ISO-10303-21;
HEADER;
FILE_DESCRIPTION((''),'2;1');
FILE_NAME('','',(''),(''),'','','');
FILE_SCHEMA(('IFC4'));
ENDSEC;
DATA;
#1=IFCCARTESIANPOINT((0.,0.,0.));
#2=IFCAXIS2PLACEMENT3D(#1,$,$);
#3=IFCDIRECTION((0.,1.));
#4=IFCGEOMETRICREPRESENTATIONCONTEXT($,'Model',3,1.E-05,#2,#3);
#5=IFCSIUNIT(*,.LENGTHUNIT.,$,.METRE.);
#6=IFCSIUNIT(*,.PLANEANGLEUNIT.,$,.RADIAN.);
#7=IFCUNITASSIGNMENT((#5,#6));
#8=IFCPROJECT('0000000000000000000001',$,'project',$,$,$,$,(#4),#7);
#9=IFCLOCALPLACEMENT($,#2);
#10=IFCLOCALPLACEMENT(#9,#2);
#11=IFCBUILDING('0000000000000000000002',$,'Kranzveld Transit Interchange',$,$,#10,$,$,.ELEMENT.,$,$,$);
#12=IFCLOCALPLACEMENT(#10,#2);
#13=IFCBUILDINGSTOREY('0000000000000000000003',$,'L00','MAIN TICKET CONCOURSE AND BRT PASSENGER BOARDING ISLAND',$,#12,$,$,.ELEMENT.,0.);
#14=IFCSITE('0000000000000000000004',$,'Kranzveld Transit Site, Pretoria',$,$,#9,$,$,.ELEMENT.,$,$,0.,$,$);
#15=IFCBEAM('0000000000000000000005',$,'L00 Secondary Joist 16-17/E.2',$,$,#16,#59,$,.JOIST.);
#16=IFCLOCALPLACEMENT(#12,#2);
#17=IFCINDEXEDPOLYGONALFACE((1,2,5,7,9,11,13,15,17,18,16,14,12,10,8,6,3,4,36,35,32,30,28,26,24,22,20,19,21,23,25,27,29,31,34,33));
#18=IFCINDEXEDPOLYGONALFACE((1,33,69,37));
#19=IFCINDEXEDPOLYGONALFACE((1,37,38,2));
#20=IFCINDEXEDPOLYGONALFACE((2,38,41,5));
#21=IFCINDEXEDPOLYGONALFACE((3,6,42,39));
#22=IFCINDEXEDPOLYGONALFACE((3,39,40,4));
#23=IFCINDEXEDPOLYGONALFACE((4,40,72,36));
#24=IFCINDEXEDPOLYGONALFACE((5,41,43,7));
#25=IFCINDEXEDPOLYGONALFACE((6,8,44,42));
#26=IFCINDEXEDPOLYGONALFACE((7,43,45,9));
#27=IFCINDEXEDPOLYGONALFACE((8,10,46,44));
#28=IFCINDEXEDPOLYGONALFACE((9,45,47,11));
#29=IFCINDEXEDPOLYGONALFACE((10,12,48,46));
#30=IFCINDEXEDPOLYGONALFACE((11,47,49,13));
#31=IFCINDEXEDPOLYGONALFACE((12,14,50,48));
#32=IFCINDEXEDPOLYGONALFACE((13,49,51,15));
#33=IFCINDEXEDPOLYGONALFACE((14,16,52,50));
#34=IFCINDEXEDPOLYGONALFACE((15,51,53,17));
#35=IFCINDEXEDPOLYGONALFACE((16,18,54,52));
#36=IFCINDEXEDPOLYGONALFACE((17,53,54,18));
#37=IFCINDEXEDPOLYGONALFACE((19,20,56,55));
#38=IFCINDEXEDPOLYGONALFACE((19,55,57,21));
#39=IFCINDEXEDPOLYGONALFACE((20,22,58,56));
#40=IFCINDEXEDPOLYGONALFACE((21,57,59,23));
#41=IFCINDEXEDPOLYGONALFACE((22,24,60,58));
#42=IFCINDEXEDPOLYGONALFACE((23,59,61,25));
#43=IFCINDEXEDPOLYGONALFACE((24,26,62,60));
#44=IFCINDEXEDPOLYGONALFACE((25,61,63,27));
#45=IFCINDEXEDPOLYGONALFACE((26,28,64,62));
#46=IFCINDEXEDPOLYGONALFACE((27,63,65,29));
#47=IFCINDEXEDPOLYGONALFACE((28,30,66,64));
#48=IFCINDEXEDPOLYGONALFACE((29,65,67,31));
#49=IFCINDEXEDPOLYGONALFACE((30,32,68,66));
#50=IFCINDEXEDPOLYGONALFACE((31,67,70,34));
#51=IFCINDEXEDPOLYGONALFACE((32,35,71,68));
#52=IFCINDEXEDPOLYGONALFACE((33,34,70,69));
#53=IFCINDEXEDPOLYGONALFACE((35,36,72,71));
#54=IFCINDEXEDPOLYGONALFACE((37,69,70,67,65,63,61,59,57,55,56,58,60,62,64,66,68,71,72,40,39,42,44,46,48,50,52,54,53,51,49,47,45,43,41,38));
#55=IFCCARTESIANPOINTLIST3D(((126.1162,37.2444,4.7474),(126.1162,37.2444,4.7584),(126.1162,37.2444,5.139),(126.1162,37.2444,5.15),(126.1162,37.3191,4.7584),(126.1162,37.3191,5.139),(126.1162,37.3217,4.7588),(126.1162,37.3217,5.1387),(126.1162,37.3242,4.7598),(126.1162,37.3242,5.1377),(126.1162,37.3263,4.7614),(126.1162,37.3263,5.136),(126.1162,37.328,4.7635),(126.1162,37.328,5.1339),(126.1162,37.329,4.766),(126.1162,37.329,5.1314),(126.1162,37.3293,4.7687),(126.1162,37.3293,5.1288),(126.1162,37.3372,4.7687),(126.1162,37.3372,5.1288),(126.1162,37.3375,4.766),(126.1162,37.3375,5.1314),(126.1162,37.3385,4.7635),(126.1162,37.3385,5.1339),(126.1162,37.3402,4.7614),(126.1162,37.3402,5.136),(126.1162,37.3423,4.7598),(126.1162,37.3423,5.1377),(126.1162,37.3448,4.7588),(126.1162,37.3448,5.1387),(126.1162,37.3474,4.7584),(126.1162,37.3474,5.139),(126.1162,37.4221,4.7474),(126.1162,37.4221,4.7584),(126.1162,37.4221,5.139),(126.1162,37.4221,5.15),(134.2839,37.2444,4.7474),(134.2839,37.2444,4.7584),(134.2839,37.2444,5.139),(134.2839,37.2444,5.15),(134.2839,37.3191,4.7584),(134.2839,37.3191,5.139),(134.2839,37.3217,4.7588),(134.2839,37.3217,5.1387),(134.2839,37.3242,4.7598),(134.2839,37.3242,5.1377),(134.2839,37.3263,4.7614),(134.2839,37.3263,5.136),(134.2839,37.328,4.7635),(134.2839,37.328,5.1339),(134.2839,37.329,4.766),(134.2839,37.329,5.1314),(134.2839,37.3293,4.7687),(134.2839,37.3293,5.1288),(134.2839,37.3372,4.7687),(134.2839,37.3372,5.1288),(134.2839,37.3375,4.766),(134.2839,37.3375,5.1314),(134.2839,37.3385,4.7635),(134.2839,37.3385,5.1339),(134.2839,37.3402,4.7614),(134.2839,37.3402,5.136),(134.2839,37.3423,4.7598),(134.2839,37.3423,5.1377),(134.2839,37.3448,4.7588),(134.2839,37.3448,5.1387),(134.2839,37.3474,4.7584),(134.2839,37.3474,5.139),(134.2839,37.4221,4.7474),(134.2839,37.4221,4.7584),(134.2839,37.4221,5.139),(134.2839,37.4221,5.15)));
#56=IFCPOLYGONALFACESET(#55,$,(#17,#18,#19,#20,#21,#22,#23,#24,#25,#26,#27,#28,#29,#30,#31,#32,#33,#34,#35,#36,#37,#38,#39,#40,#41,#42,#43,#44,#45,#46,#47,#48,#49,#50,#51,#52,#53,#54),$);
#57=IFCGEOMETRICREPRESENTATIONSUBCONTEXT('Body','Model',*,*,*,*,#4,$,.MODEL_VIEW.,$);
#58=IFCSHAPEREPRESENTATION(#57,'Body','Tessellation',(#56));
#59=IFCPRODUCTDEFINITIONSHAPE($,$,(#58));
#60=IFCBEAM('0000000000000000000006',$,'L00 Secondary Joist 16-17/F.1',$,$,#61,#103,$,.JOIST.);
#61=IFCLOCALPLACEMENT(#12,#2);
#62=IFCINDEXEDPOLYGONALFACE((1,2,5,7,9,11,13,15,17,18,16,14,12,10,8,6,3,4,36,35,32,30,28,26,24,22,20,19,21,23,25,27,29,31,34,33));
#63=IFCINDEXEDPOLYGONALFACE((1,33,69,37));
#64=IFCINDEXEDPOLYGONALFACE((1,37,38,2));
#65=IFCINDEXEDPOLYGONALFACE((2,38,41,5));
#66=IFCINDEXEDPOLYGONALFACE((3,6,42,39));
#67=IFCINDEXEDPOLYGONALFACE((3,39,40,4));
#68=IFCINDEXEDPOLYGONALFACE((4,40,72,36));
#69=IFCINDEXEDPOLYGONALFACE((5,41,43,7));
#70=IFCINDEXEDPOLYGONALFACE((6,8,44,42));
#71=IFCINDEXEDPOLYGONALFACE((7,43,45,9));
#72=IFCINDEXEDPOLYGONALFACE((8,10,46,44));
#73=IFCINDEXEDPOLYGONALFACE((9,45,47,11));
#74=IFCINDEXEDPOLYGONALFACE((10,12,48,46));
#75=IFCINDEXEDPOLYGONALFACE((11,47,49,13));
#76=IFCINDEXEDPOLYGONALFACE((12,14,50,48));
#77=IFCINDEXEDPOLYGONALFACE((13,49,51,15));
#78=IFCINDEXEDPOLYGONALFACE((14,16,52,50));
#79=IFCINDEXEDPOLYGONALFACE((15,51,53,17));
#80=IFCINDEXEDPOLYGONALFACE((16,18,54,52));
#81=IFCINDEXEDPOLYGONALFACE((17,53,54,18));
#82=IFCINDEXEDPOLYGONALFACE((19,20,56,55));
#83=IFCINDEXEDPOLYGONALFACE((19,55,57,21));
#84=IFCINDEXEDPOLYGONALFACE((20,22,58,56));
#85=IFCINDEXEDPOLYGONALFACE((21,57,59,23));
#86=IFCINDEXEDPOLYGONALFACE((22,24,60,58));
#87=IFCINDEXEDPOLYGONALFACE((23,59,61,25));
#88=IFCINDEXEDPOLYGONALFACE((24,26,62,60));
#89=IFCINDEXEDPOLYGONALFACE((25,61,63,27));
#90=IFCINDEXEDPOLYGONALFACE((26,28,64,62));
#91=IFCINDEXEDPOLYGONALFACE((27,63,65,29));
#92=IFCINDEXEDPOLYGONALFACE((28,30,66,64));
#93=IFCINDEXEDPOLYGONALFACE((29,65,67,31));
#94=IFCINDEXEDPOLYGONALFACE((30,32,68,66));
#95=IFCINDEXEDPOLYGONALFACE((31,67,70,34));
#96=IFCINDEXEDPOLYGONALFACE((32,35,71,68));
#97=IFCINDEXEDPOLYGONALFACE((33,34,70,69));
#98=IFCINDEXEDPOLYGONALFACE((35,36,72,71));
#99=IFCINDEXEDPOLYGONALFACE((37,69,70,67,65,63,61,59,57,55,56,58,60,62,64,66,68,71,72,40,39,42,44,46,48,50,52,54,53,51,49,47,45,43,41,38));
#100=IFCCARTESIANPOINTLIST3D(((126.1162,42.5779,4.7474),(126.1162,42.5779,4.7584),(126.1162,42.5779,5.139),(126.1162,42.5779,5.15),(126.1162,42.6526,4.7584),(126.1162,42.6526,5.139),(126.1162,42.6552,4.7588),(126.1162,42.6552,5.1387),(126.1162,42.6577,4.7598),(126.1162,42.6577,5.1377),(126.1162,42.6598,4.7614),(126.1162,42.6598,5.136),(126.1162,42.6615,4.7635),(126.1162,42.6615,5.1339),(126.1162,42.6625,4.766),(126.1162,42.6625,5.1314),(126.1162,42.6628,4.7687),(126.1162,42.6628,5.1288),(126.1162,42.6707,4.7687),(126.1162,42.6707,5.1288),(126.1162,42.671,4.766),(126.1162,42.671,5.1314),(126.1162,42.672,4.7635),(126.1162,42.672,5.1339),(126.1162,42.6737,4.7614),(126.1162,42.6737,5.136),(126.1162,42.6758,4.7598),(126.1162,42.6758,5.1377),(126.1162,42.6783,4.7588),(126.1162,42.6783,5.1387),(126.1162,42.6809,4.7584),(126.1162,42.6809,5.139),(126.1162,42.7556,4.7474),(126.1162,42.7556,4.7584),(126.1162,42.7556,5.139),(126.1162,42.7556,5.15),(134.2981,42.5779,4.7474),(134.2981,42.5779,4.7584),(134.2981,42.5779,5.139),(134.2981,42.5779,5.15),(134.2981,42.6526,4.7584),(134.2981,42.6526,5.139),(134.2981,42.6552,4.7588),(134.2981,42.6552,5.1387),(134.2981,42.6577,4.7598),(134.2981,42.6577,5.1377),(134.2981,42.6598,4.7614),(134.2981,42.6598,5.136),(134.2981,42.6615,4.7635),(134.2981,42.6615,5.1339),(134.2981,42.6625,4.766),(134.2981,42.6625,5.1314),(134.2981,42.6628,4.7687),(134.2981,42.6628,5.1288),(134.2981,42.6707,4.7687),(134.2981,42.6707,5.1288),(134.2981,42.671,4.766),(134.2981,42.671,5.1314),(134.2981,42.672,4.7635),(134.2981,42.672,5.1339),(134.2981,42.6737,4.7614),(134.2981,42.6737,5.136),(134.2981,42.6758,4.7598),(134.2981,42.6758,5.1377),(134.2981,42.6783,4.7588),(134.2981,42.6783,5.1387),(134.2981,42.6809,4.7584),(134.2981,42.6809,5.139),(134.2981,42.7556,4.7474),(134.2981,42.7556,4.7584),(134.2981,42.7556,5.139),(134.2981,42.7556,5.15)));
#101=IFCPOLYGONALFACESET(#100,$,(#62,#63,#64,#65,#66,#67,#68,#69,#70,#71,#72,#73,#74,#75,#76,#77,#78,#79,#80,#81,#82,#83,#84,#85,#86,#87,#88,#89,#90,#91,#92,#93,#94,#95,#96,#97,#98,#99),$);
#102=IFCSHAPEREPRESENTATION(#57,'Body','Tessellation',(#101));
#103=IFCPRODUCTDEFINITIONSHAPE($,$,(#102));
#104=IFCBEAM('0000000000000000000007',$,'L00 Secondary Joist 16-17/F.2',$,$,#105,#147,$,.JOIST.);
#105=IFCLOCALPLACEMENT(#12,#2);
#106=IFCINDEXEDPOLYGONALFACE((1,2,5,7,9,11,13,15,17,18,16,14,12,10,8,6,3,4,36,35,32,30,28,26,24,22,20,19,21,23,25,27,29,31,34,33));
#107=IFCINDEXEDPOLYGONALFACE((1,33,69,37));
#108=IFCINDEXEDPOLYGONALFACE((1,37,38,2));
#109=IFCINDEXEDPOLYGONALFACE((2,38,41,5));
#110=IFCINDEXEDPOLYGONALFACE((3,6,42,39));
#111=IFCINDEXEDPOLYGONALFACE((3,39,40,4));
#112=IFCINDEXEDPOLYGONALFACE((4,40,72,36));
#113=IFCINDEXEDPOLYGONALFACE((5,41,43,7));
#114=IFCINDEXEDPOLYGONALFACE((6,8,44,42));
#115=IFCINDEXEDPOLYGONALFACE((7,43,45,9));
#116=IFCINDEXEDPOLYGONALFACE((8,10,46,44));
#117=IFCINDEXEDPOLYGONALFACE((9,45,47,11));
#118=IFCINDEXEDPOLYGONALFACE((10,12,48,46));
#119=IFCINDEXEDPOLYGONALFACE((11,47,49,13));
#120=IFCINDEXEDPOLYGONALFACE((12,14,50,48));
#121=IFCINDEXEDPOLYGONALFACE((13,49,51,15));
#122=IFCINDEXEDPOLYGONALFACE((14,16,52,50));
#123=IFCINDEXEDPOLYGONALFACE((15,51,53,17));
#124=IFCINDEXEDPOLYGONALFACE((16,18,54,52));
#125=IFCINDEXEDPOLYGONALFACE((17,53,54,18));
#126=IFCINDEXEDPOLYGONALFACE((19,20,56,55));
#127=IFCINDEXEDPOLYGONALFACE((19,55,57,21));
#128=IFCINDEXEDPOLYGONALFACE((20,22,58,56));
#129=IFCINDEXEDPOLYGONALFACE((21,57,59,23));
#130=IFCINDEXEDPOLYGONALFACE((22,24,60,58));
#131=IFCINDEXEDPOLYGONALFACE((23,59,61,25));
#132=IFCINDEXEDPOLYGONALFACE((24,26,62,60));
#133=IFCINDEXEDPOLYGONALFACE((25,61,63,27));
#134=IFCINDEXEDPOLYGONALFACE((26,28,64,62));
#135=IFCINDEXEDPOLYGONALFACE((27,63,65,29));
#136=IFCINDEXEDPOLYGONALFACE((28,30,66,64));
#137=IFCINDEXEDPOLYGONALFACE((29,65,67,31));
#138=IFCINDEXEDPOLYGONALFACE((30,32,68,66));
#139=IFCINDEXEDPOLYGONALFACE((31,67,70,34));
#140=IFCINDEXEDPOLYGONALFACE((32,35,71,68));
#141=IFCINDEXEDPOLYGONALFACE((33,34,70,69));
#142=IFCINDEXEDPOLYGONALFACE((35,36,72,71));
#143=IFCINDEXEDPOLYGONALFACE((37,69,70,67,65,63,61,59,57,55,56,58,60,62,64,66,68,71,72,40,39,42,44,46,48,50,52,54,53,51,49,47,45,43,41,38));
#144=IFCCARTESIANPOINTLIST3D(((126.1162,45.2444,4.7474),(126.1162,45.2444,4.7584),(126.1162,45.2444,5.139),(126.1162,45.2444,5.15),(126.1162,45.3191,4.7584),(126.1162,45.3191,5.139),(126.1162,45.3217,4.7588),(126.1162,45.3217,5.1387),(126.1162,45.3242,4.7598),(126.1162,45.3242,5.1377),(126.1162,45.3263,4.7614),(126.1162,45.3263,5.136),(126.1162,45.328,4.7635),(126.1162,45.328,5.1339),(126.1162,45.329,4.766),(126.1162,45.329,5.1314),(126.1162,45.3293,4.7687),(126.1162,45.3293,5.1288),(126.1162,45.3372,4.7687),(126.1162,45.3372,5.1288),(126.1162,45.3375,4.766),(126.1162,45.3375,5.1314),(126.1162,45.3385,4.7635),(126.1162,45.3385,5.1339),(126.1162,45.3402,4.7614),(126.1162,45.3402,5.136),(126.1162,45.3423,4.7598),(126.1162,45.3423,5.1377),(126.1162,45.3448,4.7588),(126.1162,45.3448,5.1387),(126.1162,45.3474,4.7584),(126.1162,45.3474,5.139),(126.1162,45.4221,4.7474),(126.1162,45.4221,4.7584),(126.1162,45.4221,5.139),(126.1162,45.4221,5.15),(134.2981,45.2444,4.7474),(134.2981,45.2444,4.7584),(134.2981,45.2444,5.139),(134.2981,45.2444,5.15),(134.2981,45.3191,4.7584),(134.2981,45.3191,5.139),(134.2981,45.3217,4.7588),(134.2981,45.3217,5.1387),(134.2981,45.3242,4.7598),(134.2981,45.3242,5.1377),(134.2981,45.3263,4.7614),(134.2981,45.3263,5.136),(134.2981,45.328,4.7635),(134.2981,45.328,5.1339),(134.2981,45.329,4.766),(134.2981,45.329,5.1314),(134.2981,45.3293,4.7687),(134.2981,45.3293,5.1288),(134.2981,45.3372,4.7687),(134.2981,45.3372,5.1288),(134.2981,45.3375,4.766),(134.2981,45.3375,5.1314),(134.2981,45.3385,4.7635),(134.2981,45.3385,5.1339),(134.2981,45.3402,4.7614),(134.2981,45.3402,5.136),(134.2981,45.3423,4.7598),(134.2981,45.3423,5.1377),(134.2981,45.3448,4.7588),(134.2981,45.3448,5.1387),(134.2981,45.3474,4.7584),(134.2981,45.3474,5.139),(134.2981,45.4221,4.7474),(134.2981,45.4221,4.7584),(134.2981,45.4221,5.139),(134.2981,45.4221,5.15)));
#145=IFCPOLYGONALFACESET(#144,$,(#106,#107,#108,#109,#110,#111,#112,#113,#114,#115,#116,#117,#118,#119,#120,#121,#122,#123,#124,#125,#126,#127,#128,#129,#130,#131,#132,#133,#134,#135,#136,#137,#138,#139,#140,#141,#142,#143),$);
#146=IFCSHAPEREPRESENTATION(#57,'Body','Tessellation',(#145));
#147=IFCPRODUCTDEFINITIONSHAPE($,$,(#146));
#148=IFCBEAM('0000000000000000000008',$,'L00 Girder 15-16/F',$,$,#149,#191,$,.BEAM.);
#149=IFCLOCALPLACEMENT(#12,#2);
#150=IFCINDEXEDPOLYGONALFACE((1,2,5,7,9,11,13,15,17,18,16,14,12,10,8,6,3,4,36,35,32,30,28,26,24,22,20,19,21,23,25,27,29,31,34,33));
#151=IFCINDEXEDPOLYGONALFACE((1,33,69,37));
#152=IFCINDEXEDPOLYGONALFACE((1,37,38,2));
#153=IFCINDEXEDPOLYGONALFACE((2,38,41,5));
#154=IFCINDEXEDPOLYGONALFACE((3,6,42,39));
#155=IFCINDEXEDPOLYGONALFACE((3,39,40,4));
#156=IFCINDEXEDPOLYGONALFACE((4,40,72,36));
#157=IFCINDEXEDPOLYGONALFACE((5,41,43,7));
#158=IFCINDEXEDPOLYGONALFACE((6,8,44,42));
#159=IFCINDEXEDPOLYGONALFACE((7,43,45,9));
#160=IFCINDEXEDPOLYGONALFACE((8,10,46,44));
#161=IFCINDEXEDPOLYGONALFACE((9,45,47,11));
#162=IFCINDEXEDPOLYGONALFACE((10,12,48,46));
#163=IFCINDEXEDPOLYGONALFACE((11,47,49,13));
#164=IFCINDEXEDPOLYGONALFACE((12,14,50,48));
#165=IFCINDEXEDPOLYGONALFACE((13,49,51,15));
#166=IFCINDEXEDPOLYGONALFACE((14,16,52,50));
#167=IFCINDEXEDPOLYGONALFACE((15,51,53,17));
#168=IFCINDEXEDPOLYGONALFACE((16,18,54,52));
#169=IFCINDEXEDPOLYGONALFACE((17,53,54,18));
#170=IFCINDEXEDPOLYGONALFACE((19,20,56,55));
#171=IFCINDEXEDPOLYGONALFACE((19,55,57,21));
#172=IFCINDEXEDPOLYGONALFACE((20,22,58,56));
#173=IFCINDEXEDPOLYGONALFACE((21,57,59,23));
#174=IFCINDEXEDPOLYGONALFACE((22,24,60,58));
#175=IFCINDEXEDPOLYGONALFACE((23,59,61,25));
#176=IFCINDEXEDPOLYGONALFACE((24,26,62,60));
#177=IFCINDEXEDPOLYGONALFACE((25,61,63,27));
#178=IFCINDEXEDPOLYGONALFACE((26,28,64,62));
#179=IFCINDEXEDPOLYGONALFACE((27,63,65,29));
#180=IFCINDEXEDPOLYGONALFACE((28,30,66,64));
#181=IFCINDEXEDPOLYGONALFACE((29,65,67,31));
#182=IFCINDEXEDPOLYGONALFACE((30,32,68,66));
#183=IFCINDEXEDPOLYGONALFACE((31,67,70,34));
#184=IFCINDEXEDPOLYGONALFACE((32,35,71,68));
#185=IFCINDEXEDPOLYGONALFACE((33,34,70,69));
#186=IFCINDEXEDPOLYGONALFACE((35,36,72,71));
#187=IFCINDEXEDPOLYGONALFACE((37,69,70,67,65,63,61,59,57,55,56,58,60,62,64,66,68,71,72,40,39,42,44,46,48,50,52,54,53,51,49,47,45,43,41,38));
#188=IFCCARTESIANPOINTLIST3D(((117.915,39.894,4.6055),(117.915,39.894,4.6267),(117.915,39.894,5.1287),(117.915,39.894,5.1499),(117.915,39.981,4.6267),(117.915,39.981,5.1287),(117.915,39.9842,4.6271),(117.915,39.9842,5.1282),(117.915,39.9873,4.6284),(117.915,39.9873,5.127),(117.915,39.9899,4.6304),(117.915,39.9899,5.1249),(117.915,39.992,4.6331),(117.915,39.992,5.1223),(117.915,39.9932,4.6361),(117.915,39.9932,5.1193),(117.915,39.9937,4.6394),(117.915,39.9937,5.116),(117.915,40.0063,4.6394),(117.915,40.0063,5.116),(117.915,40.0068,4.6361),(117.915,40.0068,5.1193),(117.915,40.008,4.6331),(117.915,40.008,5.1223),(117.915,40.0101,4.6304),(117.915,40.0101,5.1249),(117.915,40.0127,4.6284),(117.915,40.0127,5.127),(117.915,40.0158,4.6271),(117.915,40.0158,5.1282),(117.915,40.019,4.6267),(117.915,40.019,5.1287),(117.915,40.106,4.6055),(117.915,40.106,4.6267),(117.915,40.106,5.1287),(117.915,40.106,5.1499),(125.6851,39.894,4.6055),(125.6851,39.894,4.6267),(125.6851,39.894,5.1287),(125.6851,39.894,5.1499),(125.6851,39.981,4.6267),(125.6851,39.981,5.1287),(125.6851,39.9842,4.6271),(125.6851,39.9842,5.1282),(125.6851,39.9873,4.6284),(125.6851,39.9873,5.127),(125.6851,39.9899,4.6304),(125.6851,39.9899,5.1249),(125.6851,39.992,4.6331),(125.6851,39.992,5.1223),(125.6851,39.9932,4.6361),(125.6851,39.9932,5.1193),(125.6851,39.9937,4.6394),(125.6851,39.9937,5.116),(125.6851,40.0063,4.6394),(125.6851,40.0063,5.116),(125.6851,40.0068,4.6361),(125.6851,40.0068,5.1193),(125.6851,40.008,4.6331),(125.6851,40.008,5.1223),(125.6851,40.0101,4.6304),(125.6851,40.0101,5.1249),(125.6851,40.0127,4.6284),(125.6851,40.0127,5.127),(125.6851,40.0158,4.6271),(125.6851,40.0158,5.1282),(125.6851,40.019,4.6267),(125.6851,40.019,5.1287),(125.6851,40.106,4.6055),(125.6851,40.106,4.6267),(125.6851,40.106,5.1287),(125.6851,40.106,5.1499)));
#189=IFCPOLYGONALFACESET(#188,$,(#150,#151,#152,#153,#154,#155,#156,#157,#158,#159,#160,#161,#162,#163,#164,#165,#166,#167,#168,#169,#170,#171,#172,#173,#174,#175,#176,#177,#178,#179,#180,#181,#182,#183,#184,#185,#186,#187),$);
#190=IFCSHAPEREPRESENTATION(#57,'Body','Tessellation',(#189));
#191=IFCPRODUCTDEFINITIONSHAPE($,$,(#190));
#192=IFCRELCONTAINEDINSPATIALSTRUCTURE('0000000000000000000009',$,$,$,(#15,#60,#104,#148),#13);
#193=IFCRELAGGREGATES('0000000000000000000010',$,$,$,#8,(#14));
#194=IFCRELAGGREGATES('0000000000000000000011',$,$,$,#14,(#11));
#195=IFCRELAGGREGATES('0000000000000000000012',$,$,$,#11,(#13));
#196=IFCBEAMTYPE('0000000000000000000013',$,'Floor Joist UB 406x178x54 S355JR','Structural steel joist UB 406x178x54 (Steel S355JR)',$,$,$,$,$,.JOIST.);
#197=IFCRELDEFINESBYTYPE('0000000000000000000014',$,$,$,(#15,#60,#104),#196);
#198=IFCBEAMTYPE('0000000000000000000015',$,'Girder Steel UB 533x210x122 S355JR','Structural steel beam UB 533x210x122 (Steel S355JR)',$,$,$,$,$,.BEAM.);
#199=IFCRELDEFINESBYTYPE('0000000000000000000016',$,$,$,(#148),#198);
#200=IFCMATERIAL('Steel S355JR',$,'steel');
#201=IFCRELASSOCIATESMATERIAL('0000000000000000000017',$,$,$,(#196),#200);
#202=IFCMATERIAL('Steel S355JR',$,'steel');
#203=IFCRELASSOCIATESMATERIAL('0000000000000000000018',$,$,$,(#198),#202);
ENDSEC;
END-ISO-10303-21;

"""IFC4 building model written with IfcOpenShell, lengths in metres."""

from ifc_helpers import new_model, si_unit, direction, frame, origin, origin_2d, place, context, subcontext, project, spatial, i_section, extrude, material, material_profile, profile_set, type_object, element, save


model = new_model("IFC4")

# Units and contexts
model_context = context("Model", 3, precision=1e-05, world=origin(), true_north=direction((0.0, 1.0)))
body_context = subcontext(model_context, "Body", "Model", "MODEL_VIEW")
ifc_project = project(units=[si_unit("LENGTHUNIT", "METRE"), si_unit("PLANEANGLEUNIT", "RADIAN")], contexts=[model_context])

# Site, building, storey
site_placement = place(None, origin())
site = spatial("IfcSite", under=ifc_project, at=site_placement, Name="Kranzveld Transit Site, Pretoria", CompositionType="ELEMENT", RefElevation=0.0)
building_placement = place(site_placement, origin())
building = spatial("IfcBuilding", under=site, at=building_placement, Name="Kranzveld Transit Interchange", CompositionType="ELEMENT")
storey_placement = place(building_placement, origin())
storey = spatial("IfcBuildingStorey", under=building, at=storey_placement, Name="L00", Description="MAIN TICKET CONCOURSE AND BRT PASSENGER BOARDING ISLAND", CompositionType="ELEMENT", Elevation=0.0)

# Beams
ifc_material_1 = material(Name="Steel S355JR", Category="steel")
ifc_material_profile_1 = material_profile(ifc_material_1, i_section(OverallWidth=0.1777, OverallDepth=0.4026, WebThickness=0.0078, FlangeThickness=0.011, FilletRadius=0.0103, at=origin_2d()), Name="UB 406x178x54")
ifc_profile_set_1 = profile_set([ifc_material_profile_1], Name="Steel S355JR")
beam_type_1 = type_object("IfcBeamType", Name="Floor Joist UB 406x178x54 S355JR", Description="Structural steel joist UB 406x178x54 (Steel S355JR)", PredefinedType="JOIST", material=ifc_profile_set_1)
for number, where, z_axis, x_axis, name in (
    (1, (126.1162, 37.3333, 4.9487), (1.0, 0.0, 0.0), (0.0, 1.0, 0.0), "L00 Secondary Joist 16-17/E.2"),
):
    element("IfcBeam", number, at=place(storey_placement, frame(where, z_axis=z_axis, x_axis=x_axis)), inside=storey, type_object=beam_type_1, Name=name, PredefinedType="JOIST", context=body_context, shape_type="SweptSolid", body=[
        extrude(i_section(OverallWidth=0.1777, OverallDepth=0.4026, WebThickness=0.0078, FlangeThickness=0.011, FilletRadius=0.0103, at=origin_2d()), origin(), (0.0, 0.0, 1.0), 8.1677),
    ])
for number, where, z_axis, x_axis, name in (
    (2, (126.1162, 42.6667, 4.9487), (1.0, 0.0, 0.0), (0.0, 1.0, 0.0), "L00 Secondary Joist 16-17/F.1"),
    (3, (126.1162, 45.3333, 4.9487), (1.0, 0.0, 0.0), (0.0, 1.0, 0.0), "L00 Secondary Joist 16-17/F.2"),
):
    element("IfcBeam", number, at=place(storey_placement, frame(where, z_axis=z_axis, x_axis=x_axis)), inside=storey, type_object=beam_type_1, Name=name, PredefinedType="JOIST", context=body_context, shape_type="SweptSolid", body=[
        extrude(i_section(OverallWidth=0.1777, OverallDepth=0.4026, WebThickness=0.0078, FlangeThickness=0.011, FilletRadius=0.0103, at=origin_2d()), origin(), (0.0, 0.0, 1.0), 8.1819),
    ])
ifc_material_2 = material(Name="Steel S355JR", Category="steel")
ifc_material_profile_2 = material_profile(ifc_material_2, i_section(OverallWidth=0.2119, OverallDepth=0.5444, WebThickness=0.0127, FlangeThickness=0.0212, FilletRadius=0.0127, at=origin_2d()), Name="UB 533x210x122")
ifc_profile_set_2 = profile_set([ifc_material_profile_2], Name="Steel S355JR")
beam_type_2 = type_object("IfcBeamType", Name="Girder Steel UB 533x210x122 S355JR", Description="Structural steel beam UB 533x210x122 (Steel S355JR)", PredefinedType="BEAM", material=ifc_profile_set_2)
for number, where, z_axis, x_axis, name in (
    (4, (117.915, 40.0, 4.8777), (1.0, 0.0, 0.0), (0.0, 1.0, 0.0), "L00 Girder 15-16/F"),
):
    element("IfcBeam", number, at=place(storey_placement, frame(where, z_axis=z_axis, x_axis=x_axis)), inside=storey, type_object=beam_type_2, Name=name, PredefinedType="BEAM", context=body_context, shape_type="SweptSolid", body=[
        extrude(i_section(OverallWidth=0.2119, OverallDepth=0.5444, WebThickness=0.0127, FlangeThickness=0.0212, FilletRadius=0.0127, at=origin_2d()), origin(), (0.0, 0.0, 1.0), 7.77),
    ])

save(model, "model.ifc")
